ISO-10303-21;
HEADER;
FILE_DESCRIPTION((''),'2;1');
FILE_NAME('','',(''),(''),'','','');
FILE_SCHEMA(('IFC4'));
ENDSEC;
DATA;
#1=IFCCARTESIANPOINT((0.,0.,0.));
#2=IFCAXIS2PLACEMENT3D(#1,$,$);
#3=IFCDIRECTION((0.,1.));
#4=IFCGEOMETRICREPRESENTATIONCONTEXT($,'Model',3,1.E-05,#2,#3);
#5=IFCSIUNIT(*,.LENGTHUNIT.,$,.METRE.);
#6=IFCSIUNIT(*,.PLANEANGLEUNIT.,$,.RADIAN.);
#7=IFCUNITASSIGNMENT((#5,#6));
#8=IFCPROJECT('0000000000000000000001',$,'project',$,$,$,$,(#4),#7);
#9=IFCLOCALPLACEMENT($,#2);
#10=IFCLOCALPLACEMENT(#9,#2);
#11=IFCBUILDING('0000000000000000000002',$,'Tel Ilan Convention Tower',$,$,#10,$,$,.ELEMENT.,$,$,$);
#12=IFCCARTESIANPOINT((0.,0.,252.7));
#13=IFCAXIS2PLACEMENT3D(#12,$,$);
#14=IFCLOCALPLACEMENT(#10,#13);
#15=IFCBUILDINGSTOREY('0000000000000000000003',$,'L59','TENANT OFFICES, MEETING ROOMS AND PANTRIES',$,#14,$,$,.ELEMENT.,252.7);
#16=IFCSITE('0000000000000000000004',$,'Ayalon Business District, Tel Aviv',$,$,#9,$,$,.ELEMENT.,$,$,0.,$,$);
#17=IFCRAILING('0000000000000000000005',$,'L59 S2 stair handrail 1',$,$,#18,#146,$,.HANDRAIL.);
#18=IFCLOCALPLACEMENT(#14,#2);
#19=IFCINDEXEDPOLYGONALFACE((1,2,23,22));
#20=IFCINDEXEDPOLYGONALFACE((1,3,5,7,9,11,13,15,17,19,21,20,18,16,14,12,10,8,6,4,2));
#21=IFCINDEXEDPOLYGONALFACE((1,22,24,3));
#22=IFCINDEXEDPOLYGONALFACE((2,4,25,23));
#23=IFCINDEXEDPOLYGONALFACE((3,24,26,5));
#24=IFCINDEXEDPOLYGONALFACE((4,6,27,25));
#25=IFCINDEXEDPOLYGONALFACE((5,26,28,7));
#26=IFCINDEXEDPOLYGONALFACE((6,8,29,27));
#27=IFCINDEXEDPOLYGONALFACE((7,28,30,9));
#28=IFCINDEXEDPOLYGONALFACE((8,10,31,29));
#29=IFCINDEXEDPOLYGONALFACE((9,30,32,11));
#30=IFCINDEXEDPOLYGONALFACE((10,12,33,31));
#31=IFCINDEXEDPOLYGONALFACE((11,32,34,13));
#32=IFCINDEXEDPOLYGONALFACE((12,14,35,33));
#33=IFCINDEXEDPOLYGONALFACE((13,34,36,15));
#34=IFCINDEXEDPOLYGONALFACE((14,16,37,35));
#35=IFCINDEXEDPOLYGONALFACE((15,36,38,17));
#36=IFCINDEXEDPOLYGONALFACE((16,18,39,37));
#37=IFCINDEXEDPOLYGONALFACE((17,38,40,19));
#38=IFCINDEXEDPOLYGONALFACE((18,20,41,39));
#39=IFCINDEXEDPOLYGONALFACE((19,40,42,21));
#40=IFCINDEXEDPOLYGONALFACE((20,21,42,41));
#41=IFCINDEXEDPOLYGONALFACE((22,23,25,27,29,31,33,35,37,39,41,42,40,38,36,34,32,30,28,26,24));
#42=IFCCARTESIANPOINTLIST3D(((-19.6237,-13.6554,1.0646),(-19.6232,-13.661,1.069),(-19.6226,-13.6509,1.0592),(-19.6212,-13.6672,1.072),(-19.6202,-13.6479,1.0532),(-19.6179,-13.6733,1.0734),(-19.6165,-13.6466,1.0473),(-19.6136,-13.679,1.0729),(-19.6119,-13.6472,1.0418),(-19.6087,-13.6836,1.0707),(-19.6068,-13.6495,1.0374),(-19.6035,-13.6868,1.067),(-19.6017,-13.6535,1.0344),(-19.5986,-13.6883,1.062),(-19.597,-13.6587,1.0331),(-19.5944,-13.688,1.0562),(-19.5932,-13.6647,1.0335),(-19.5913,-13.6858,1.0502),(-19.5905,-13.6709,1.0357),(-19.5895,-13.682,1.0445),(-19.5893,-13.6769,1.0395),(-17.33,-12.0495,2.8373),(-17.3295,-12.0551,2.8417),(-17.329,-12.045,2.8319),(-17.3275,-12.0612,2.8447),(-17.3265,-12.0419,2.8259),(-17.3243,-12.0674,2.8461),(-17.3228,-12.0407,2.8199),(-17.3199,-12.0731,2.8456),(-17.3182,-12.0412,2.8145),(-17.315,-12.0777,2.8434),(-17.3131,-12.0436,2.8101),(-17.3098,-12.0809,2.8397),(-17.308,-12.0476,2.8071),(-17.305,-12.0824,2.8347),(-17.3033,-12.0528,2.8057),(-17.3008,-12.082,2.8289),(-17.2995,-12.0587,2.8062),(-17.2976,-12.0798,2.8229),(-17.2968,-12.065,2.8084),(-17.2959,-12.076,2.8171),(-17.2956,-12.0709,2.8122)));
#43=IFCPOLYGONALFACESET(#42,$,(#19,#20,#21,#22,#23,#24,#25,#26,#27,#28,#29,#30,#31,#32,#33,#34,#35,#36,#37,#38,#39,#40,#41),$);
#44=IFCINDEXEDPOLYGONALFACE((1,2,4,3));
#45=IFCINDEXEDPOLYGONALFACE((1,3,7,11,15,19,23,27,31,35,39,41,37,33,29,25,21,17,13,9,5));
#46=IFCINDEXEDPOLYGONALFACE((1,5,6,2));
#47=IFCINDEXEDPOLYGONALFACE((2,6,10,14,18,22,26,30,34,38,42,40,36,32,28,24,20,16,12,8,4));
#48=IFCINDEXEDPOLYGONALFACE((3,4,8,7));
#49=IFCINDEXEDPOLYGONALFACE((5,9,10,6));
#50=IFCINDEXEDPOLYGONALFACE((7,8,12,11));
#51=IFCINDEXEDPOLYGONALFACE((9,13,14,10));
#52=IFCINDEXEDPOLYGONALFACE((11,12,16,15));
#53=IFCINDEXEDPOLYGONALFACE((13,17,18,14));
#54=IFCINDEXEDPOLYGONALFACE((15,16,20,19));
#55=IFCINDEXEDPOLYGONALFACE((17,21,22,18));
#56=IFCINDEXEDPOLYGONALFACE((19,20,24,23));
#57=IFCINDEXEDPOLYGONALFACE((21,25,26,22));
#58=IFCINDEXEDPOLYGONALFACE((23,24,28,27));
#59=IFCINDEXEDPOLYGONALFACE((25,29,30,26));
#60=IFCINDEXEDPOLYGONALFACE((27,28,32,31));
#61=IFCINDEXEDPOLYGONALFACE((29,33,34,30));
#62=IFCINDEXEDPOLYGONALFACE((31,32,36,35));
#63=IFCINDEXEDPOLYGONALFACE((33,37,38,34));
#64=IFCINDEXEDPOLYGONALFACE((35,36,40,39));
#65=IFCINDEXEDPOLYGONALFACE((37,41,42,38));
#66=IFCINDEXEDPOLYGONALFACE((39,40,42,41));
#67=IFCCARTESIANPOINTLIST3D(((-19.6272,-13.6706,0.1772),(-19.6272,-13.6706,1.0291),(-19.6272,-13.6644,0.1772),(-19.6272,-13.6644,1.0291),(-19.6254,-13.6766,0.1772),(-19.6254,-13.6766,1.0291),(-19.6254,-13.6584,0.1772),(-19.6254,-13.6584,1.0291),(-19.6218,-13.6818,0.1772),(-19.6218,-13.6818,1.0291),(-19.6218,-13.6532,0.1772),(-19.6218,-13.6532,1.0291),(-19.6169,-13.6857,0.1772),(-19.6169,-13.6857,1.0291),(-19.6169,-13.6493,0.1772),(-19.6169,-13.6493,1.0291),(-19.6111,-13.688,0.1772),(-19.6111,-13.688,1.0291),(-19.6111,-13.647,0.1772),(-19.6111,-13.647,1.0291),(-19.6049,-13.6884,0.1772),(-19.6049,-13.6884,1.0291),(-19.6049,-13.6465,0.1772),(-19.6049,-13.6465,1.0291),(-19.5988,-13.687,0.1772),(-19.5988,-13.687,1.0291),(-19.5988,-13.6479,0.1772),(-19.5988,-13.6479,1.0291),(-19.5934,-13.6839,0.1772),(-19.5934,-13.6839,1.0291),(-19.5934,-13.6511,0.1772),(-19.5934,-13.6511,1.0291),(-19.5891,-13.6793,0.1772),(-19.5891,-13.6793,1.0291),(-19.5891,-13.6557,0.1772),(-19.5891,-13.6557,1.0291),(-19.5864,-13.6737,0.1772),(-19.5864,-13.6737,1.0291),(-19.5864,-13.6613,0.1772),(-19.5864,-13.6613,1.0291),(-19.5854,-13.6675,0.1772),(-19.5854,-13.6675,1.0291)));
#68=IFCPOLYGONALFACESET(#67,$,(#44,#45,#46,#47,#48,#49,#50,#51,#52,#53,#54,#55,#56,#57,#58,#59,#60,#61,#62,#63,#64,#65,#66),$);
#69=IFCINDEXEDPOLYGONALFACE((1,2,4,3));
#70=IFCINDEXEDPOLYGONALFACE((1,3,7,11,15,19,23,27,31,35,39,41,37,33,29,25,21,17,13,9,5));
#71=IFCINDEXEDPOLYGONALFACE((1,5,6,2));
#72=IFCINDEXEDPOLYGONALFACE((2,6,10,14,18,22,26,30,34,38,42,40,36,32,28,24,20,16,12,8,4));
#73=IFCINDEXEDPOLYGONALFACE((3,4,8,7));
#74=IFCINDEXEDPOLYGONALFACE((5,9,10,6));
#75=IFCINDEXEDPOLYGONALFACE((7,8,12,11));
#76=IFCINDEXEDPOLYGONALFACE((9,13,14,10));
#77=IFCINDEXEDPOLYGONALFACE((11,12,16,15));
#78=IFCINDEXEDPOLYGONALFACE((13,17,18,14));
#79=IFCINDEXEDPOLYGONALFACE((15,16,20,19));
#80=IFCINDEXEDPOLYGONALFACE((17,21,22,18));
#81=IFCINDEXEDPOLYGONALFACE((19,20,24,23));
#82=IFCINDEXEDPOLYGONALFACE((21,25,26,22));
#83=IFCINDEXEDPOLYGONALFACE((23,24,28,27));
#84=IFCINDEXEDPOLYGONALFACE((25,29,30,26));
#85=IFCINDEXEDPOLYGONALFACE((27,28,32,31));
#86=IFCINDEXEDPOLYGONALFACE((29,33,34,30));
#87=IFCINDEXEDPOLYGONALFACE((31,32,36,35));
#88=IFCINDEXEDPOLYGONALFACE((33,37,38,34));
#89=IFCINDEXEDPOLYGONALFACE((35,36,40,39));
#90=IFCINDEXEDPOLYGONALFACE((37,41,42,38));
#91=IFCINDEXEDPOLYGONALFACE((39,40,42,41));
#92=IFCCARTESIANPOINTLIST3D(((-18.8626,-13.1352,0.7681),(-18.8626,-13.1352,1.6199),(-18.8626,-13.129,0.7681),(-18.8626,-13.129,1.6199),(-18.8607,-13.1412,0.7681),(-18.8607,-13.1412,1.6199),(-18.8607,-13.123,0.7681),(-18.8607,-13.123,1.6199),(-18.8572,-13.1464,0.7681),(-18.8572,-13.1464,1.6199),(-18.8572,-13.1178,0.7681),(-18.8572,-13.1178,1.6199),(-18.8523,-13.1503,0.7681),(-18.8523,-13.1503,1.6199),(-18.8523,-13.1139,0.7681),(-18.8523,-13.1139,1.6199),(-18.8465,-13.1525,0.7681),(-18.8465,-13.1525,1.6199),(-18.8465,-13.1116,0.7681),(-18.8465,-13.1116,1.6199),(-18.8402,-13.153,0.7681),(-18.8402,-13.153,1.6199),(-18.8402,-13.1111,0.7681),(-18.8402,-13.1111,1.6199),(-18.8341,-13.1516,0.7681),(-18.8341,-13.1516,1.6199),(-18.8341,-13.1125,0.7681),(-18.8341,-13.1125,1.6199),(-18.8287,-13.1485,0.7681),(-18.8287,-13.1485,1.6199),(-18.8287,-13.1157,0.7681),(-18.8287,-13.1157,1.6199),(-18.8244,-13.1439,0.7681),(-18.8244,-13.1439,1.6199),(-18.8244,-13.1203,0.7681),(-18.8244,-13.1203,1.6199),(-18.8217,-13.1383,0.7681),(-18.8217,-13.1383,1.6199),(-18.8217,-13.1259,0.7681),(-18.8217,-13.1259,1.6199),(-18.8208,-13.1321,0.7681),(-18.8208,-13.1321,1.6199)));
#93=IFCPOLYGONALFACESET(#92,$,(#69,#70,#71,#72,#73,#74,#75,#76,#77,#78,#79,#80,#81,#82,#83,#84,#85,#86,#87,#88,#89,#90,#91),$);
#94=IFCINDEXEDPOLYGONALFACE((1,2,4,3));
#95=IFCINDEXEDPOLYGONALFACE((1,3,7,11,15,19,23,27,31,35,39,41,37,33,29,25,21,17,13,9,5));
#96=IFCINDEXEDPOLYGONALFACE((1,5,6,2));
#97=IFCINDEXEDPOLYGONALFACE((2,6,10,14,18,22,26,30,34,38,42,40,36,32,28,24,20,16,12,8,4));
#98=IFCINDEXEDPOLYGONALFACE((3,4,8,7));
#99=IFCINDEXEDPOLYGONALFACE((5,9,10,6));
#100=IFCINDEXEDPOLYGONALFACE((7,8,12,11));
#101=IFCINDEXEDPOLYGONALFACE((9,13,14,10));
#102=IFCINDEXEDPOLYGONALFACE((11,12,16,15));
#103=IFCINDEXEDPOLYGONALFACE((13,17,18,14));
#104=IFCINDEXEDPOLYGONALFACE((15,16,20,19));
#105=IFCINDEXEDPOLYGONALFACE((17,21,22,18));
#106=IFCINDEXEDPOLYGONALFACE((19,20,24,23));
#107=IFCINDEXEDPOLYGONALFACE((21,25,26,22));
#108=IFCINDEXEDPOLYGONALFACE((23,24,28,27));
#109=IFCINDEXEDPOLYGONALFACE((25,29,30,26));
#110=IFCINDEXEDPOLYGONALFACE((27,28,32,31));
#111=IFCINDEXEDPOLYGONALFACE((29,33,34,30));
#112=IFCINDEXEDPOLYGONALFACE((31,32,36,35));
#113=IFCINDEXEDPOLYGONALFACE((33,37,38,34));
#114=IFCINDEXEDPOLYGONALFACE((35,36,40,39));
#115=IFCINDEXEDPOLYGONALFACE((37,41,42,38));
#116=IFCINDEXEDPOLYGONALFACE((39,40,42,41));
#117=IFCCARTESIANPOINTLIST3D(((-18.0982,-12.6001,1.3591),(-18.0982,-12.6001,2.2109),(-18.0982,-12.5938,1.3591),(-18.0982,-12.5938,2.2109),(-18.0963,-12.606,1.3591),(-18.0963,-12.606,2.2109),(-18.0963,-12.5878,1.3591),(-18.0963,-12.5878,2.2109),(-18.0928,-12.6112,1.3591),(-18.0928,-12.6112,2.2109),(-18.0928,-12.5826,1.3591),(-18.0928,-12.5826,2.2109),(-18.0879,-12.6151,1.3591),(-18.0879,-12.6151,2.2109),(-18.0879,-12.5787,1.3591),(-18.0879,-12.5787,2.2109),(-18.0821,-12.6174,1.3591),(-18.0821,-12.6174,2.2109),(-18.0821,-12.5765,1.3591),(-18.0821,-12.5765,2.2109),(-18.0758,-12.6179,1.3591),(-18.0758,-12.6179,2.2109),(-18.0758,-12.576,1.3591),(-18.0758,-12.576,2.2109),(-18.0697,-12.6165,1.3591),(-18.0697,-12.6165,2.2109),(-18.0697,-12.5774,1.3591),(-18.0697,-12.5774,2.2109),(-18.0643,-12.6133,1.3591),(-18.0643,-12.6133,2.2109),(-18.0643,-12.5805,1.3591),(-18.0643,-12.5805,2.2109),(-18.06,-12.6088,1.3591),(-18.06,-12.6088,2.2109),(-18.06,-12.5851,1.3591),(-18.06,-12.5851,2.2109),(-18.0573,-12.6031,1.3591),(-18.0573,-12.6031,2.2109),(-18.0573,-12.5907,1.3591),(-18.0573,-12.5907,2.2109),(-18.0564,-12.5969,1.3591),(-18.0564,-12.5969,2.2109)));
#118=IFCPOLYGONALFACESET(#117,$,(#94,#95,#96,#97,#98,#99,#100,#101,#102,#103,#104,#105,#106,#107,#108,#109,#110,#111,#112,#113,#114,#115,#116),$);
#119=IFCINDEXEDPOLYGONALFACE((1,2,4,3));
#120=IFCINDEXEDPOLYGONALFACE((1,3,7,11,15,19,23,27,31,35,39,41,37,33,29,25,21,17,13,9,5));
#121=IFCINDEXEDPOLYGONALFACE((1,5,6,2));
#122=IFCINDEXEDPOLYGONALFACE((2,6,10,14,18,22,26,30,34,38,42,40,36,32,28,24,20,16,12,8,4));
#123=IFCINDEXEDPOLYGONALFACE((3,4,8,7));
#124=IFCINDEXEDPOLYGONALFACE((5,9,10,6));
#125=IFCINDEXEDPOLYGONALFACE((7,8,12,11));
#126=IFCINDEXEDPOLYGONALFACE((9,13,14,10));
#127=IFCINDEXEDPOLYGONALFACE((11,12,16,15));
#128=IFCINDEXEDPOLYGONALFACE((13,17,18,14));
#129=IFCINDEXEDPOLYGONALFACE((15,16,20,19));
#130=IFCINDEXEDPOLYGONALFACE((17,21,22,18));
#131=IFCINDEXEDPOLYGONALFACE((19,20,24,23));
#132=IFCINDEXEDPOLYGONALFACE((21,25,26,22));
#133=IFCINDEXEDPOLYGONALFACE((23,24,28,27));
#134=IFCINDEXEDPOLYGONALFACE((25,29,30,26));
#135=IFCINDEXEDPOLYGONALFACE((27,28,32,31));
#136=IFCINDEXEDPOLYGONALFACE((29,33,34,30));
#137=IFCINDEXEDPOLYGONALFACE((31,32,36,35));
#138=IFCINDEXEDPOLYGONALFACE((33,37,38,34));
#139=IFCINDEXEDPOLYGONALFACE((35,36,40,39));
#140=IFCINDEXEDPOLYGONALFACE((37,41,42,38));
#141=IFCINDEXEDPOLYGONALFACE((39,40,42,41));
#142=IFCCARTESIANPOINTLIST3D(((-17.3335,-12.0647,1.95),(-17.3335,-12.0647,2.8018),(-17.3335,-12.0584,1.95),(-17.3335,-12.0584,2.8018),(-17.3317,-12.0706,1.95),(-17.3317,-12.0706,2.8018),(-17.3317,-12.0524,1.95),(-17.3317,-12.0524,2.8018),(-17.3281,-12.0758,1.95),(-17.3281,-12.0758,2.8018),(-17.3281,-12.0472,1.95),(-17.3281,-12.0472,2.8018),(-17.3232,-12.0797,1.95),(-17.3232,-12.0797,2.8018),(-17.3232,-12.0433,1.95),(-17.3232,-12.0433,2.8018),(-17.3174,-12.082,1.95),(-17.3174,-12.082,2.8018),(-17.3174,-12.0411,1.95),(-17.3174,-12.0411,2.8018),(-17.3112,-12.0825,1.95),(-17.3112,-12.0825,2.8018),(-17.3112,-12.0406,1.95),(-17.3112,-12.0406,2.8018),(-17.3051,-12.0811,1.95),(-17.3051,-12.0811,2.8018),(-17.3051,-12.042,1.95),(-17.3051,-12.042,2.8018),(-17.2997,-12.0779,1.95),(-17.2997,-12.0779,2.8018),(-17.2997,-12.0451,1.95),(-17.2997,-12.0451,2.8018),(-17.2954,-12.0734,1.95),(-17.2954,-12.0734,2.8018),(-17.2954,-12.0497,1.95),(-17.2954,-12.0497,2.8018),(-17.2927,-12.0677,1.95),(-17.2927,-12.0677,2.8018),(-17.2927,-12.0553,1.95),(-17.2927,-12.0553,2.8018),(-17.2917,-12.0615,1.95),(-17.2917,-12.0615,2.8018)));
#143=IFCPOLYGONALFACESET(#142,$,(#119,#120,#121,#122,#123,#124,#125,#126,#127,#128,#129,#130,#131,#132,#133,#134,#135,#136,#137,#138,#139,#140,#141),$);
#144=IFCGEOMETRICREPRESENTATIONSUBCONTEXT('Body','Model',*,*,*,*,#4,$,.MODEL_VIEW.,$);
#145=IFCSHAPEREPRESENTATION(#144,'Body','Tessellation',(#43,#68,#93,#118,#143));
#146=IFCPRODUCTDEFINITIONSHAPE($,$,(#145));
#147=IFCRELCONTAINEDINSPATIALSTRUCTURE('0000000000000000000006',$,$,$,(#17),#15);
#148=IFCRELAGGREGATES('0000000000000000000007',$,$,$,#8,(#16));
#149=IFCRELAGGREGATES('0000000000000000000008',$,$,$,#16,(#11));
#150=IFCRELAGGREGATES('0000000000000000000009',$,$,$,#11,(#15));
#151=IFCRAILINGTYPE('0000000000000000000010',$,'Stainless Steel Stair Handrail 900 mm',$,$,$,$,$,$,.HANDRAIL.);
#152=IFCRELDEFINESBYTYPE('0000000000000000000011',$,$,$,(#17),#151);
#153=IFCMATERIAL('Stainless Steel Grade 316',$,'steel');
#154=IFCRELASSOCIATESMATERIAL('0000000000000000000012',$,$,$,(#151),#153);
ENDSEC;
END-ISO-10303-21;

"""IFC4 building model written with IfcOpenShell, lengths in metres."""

from ifc_helpers import new_model, si_unit, direction, frame, origin, origin_2d, place, context, subcontext, project, spatial, circle, extrude, material, type_object, element, save


model = new_model("IFC4")

# Units and contexts
model_context = context("Model", 3, precision=1e-05, world=origin(), true_north=direction((0.0, 1.0)))
body_context = subcontext(model_context, "Body", "Model", "MODEL_VIEW")
ifc_project = project(units=[si_unit("LENGTHUNIT", "METRE"), si_unit("PLANEANGLEUNIT", "RADIAN")], contexts=[model_context])

# Site, building, storey
site_placement = place(None, origin())
site = spatial("IfcSite", under=ifc_project, at=site_placement, Name="Ayalon Business District, Tel Aviv", CompositionType="ELEMENT", RefElevation=0.0)
building_placement = place(site_placement, origin())
building = spatial("IfcBuilding", under=site, at=building_placement, Name="Tel Ilan Convention Tower", CompositionType="ELEMENT")
storey_placement = place(building_placement, frame((0.0, 0.0, 252.7)))
storey = spatial("IfcBuildingStorey", under=building, at=storey_placement, Name="L59", Description="TENANT OFFICES, MEETING ROOMS AND PANTRIES", CompositionType="ELEMENT", Elevation=252.7)

# Railing
ifc_material_1 = material(Name="Stainless Steel Grade 316", Category="steel")
railing_type = type_object("IfcRailingType", Name="Stainless Steel Stair Handrail 900 mm", PredefinedType="HANDRAIL", material=ifc_material_1)
railing_placement = place(storey_placement, frame((-19.6064, -13.6675, 0.1772)))
element("IfcRailing", 1, at=railing_placement, inside=storey, type_object=railing_type, Name="L59 S2 stair handrail 1", PredefinedType="HANDRAIL", context=body_context, shape_type="SweptSolid", body=[
    extrude(circle(Radius=0.0239, at=origin_2d()), frame((0.0, 0.0, 0.876), z_axis=(0.692123, 0.484597, 0.534913), x_axis=(-0.57355, 0.81917, 0.0)), (0.0, 0.0, 1.0), 3.314),
    extrude(circle(Radius=0.021, at=origin_2d()), origin(), (0.0, 0.0, 1.0), 0.8518),
    extrude(circle(Radius=0.021, at=origin_2d()), frame((0.7646, 0.5354, 0.5908)), (0.0, 0.0, 1.0), 0.8518),
    extrude(circle(Radius=0.021, at=origin_2d()), frame((1.5291, 1.0706, 1.1819)), (0.0, 0.0, 1.0), 0.8518),
    extrude(circle(Radius=0.021, at=origin_2d()), frame((2.2937, 1.606, 1.7727)), (0.0, 0.0, 1.0), 0.8518),
])

save(model, "model.ifc")
